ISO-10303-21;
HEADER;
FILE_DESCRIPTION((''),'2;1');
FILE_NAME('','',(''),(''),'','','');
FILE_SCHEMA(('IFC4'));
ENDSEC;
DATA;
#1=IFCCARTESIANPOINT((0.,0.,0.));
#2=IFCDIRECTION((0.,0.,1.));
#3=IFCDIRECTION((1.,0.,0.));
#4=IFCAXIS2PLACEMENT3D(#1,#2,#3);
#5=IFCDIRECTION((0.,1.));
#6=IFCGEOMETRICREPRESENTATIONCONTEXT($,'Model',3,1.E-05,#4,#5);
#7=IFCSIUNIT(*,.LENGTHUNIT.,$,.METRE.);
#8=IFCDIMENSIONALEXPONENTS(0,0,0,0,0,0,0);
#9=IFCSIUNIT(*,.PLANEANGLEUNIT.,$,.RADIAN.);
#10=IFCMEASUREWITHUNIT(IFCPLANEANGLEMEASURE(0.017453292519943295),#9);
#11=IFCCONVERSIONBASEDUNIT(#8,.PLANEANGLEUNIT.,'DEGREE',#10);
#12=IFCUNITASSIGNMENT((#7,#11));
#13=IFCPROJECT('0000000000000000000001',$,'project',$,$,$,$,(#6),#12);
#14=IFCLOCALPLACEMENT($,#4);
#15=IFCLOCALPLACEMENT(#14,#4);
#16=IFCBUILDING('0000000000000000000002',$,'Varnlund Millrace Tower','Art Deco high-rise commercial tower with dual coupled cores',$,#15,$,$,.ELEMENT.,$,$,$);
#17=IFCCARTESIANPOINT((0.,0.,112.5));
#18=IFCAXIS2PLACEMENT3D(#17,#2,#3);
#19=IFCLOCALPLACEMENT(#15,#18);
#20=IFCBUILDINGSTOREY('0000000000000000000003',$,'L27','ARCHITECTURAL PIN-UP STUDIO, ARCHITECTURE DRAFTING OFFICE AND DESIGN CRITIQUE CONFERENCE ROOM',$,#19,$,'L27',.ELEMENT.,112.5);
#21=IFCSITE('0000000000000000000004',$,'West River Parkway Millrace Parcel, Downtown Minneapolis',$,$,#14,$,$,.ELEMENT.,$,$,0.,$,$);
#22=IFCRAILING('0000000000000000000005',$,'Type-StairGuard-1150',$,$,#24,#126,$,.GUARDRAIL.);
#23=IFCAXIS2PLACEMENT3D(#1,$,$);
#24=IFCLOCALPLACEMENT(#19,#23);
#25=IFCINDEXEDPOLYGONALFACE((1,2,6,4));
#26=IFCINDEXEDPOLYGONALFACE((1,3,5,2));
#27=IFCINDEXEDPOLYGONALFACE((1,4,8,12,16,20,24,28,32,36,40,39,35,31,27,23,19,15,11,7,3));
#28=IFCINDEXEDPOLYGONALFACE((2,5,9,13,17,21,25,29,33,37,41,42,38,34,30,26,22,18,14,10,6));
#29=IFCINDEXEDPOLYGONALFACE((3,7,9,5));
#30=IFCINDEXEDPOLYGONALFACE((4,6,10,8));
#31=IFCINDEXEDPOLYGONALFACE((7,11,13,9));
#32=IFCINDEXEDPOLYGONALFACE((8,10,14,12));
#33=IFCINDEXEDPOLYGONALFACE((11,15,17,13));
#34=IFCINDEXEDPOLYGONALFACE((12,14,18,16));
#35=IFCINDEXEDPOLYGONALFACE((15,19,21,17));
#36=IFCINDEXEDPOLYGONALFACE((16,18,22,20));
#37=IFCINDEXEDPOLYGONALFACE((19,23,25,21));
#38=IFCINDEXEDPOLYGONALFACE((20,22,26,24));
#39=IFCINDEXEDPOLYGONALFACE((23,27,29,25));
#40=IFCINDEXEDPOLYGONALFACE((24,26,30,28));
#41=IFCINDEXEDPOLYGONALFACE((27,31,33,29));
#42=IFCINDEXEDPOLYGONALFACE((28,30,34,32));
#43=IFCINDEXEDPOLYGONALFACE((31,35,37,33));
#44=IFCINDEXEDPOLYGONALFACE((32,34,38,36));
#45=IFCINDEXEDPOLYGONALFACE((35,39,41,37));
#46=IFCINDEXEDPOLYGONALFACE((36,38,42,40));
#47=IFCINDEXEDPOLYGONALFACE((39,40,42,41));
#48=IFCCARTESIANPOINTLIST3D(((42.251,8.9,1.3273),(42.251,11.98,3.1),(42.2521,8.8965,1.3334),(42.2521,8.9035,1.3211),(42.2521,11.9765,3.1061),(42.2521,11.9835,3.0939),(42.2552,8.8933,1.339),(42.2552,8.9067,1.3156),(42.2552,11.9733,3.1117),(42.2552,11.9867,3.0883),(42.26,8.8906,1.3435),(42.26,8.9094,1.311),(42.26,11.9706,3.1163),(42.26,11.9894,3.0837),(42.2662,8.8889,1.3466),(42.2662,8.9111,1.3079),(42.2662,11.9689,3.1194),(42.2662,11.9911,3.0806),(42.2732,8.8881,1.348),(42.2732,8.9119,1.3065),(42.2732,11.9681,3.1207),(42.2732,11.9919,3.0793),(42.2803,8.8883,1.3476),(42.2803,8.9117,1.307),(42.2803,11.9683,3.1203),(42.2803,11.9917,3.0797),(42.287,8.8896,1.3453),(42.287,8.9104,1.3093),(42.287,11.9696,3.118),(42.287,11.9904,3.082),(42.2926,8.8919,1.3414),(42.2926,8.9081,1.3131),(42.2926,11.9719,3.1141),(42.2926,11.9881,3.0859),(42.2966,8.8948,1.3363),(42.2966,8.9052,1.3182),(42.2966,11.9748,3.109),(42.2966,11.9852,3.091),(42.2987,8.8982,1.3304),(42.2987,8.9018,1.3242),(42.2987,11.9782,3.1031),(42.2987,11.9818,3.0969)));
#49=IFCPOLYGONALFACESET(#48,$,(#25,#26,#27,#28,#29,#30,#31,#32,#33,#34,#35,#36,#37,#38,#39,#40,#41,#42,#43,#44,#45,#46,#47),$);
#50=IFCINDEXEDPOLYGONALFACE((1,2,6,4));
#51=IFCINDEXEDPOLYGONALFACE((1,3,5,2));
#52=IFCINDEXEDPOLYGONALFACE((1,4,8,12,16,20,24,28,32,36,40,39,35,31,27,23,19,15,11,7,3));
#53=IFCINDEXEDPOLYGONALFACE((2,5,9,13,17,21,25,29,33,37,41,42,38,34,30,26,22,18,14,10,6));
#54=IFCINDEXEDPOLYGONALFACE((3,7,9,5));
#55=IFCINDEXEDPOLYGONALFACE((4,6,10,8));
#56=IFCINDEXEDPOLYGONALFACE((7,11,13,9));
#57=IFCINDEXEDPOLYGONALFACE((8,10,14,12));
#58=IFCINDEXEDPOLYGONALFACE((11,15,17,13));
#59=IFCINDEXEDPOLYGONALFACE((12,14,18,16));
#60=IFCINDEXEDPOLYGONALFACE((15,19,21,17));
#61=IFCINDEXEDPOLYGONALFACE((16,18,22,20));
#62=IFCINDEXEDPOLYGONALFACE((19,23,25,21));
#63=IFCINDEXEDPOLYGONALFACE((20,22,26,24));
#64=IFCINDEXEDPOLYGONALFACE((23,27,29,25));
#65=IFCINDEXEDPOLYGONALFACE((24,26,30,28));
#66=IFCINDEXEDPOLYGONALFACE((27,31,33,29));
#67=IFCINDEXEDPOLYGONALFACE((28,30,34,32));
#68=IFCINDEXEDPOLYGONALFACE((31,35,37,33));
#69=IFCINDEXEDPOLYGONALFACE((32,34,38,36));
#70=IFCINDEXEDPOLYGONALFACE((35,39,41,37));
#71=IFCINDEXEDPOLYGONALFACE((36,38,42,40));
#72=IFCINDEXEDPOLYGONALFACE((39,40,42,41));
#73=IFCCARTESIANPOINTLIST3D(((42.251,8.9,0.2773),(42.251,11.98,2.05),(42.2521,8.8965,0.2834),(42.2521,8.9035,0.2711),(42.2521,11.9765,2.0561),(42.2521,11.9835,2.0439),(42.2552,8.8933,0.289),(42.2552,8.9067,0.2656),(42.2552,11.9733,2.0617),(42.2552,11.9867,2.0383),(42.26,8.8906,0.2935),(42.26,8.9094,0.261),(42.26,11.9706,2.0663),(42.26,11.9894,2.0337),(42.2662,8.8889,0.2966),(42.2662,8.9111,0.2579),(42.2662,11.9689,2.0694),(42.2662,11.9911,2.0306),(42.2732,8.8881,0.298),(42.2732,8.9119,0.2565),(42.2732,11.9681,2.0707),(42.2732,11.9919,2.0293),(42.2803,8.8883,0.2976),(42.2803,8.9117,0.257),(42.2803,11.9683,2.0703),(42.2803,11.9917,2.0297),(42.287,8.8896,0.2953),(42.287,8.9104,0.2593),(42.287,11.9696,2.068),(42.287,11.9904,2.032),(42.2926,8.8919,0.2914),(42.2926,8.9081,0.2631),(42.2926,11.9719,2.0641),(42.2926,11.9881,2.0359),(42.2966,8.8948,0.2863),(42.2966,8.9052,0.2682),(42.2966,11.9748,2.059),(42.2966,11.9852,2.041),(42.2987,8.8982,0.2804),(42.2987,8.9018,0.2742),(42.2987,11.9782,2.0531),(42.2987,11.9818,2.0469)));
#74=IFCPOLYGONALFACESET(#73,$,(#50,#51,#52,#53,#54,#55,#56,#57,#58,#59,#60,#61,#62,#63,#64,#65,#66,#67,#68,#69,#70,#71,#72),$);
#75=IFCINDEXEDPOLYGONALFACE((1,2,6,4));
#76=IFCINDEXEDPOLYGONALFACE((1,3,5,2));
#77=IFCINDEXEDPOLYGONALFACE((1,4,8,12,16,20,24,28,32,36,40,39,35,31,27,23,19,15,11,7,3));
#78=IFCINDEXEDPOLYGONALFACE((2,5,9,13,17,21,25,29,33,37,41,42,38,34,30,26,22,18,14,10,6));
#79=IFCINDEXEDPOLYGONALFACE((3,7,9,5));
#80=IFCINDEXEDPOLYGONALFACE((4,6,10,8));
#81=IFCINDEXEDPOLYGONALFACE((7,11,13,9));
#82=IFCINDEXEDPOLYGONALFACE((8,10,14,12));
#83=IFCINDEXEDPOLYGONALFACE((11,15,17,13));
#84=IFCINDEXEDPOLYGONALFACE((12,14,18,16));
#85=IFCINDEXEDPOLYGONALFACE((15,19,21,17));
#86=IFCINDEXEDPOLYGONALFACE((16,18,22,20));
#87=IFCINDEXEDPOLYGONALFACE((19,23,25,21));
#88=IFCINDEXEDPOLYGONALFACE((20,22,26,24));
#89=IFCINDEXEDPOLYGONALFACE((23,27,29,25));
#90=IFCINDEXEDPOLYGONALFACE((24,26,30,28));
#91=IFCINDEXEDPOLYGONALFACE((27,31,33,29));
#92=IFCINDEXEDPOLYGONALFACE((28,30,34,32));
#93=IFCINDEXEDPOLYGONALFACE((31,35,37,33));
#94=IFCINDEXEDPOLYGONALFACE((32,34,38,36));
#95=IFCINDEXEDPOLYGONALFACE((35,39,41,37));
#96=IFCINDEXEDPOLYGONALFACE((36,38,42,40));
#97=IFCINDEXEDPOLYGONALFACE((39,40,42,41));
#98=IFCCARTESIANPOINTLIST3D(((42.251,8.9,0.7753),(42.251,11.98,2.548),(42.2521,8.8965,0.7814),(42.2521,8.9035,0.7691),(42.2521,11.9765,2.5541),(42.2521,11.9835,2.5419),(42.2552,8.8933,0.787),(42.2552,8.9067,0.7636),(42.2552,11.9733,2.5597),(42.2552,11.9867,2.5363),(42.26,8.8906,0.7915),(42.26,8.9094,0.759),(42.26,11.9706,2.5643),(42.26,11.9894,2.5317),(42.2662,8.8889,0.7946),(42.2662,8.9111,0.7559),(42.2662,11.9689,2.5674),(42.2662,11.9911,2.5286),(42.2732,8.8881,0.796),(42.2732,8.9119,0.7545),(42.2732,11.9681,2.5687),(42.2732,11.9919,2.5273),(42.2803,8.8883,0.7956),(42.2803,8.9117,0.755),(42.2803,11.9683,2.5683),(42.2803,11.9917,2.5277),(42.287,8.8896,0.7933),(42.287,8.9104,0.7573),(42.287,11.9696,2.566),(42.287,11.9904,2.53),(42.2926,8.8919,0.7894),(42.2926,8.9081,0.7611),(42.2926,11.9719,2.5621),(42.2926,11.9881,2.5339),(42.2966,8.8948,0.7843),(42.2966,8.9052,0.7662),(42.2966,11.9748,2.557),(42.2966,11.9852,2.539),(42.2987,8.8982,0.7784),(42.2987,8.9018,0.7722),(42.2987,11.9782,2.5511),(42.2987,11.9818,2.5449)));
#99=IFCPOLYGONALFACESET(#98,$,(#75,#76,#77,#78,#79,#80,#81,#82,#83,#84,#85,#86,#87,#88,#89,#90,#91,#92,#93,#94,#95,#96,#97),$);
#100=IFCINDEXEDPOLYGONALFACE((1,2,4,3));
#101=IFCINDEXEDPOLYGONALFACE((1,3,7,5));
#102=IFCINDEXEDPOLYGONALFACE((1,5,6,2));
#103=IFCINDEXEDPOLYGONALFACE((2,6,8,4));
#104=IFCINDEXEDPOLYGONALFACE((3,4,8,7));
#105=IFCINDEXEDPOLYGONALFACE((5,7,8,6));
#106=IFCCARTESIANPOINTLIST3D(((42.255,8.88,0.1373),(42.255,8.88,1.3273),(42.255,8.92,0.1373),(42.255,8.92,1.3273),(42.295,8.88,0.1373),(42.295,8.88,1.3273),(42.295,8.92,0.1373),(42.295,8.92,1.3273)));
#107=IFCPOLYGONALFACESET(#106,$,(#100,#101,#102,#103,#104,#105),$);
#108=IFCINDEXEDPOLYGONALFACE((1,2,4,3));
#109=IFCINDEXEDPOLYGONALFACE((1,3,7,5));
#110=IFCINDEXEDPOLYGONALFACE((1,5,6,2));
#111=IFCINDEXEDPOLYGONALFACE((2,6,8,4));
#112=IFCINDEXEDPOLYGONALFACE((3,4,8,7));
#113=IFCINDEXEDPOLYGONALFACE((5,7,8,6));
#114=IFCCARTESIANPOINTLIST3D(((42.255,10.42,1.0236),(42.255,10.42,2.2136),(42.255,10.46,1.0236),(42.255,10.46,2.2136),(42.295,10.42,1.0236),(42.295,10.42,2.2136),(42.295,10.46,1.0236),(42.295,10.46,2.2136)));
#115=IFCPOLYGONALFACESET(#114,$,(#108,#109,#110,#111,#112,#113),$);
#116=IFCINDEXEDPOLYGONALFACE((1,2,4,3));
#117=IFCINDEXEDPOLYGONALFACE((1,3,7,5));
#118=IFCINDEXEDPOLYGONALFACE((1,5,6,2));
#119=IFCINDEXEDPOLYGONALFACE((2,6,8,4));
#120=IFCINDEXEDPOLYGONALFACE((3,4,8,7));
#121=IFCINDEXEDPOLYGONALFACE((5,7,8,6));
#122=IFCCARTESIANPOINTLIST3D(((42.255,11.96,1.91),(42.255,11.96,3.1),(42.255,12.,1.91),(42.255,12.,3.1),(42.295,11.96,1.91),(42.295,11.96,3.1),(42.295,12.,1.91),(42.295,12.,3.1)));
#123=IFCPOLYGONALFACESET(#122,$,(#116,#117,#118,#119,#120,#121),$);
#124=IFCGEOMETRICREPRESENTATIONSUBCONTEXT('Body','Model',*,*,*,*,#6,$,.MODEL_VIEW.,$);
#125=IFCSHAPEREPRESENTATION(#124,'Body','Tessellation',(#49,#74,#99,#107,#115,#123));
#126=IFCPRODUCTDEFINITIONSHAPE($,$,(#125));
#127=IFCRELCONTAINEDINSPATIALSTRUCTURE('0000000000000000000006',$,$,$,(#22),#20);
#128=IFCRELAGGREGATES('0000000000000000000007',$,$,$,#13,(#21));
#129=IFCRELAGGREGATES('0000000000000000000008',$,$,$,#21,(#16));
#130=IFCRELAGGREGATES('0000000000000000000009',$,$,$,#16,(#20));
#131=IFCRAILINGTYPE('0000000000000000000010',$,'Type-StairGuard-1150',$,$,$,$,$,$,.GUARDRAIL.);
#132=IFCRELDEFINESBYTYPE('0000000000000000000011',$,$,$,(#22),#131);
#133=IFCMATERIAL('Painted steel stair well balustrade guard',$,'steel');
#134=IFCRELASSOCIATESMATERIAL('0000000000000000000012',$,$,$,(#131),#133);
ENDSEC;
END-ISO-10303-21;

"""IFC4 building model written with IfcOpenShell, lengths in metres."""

from ifc_helpers import new_model, entity, si_unit, converted_unit, direction, frame, origin_with_axes, origin_2d_with_axis, place, context, subcontext, project, spatial, rectangle, circle, extrude, material, type_object, element, save


model = new_model("IFC4")

# Units and contexts
model_context = context("Model", 3, precision=1e-05, world=origin_with_axes(), true_north=direction((0.0, 1.0)))
body_context = subcontext(model_context, "Body", "Model", "MODEL_VIEW")
ifc_project = project(units=[si_unit("LENGTHUNIT", "METRE"), converted_unit("PLANEANGLEUNIT", "DEGREE", entity("IfcPlaneAngleMeasure", 0.017453292519943295), si_unit("PLANEANGLEUNIT", "RADIAN"), dimensions=[0, 0, 0, 0, 0, 0, 0])], contexts=[model_context])

# Site, building, storey
site_placement = place(None, origin_with_axes())
site = spatial("IfcSite", under=ifc_project, at=site_placement, Name="West River Parkway Millrace Parcel, Downtown Minneapolis", CompositionType="ELEMENT", RefElevation=0.0)
building_placement = place(site_placement, origin_with_axes())
building = spatial("IfcBuilding", under=site, at=building_placement, Name="Varnlund Millrace Tower", Description="Art Deco high-rise commercial tower with dual coupled cores", CompositionType="ELEMENT")
storey_placement = place(building_placement, frame((0.0, 0.0, 112.5), z_axis=(0.0, 0.0, 1.0), x_axis=(1.0, 0.0, 0.0)))
storey = spatial("IfcBuildingStorey", under=building, at=storey_placement, Name="L27", Description="ARCHITECTURAL PIN-UP STUDIO, ARCHITECTURE DRAFTING OFFICE AND DESIGN CRITIQUE CONFERENCE ROOM", LongName="L27", CompositionType="ELEMENT", Elevation=112.5)

# Railing
ifc_material_1 = material(Name="Painted steel stair well balustrade guard", Category="steel")
railing_type_1 = type_object("IfcRailingType", Name="Type-StairGuard-1150", PredefinedType="GUARDRAIL", material=ifc_material_1)
railing_1_placement = place(storey_placement, frame((0.0, 0.0, -112.5), z_axis=(0.0, 0.0, 1.0), x_axis=(1.0, 0.0, 0.0)))
element("IfcRailing", 1, at=railing_1_placement, inside=storey, type_object=railing_type_1, Name="Type-StairGuard-1150", PredefinedType="GUARDRAIL", context=body_context, shape_type="SweptSolid", body=[
    extrude(circle(Radius=0.024, at=origin_2d_with_axis()), frame((42.275, 8.9, 113.8273), z_axis=(0.0, 0.866696, 0.498836), x_axis=(-1.0, 0.0, 0.0)), (0.0, 0.0, 1.0), 3.5537),
    extrude(circle(Radius=0.024, at=origin_2d_with_axis()), frame((42.275, 8.9, 112.7773), z_axis=(0.0, 0.866696, 0.498836), x_axis=(-1.0, 0.0, 0.0)), (0.0, 0.0, 1.0), 3.5537),
    extrude(circle(Radius=0.024, at=origin_2d_with_axis()), frame((42.275, 8.9, 113.2753), z_axis=(0.0, 0.866696, 0.498836), x_axis=(-1.0, 0.0, 0.0)), (0.0, 0.0, 1.0), 3.5537),
    extrude(rectangle(XDim=0.04, YDim=0.04, at=origin_2d_with_axis()), frame((42.275, 8.9, 112.6373), z_axis=(0.0, 0.0, 1.0), x_axis=(1.0, 0.0, 0.0)), (0.0, 0.0, 1.0), 1.19),
    extrude(rectangle(XDim=0.04, YDim=0.04, at=origin_2d_with_axis()), frame((42.275, 10.44, 113.5236), z_axis=(0.0, 0.0, 1.0), x_axis=(1.0, 0.0, 0.0)), (0.0, 0.0, 1.0), 1.19),
    extrude(rectangle(XDim=0.04, YDim=0.04, at=origin_2d_with_axis()), frame((42.275, 11.98, 114.41), z_axis=(0.0, 0.0, 1.0), x_axis=(1.0, 0.0, 0.0)), (0.0, 0.0, 1.0), 1.19),
])

save(model, "model.ifc")
